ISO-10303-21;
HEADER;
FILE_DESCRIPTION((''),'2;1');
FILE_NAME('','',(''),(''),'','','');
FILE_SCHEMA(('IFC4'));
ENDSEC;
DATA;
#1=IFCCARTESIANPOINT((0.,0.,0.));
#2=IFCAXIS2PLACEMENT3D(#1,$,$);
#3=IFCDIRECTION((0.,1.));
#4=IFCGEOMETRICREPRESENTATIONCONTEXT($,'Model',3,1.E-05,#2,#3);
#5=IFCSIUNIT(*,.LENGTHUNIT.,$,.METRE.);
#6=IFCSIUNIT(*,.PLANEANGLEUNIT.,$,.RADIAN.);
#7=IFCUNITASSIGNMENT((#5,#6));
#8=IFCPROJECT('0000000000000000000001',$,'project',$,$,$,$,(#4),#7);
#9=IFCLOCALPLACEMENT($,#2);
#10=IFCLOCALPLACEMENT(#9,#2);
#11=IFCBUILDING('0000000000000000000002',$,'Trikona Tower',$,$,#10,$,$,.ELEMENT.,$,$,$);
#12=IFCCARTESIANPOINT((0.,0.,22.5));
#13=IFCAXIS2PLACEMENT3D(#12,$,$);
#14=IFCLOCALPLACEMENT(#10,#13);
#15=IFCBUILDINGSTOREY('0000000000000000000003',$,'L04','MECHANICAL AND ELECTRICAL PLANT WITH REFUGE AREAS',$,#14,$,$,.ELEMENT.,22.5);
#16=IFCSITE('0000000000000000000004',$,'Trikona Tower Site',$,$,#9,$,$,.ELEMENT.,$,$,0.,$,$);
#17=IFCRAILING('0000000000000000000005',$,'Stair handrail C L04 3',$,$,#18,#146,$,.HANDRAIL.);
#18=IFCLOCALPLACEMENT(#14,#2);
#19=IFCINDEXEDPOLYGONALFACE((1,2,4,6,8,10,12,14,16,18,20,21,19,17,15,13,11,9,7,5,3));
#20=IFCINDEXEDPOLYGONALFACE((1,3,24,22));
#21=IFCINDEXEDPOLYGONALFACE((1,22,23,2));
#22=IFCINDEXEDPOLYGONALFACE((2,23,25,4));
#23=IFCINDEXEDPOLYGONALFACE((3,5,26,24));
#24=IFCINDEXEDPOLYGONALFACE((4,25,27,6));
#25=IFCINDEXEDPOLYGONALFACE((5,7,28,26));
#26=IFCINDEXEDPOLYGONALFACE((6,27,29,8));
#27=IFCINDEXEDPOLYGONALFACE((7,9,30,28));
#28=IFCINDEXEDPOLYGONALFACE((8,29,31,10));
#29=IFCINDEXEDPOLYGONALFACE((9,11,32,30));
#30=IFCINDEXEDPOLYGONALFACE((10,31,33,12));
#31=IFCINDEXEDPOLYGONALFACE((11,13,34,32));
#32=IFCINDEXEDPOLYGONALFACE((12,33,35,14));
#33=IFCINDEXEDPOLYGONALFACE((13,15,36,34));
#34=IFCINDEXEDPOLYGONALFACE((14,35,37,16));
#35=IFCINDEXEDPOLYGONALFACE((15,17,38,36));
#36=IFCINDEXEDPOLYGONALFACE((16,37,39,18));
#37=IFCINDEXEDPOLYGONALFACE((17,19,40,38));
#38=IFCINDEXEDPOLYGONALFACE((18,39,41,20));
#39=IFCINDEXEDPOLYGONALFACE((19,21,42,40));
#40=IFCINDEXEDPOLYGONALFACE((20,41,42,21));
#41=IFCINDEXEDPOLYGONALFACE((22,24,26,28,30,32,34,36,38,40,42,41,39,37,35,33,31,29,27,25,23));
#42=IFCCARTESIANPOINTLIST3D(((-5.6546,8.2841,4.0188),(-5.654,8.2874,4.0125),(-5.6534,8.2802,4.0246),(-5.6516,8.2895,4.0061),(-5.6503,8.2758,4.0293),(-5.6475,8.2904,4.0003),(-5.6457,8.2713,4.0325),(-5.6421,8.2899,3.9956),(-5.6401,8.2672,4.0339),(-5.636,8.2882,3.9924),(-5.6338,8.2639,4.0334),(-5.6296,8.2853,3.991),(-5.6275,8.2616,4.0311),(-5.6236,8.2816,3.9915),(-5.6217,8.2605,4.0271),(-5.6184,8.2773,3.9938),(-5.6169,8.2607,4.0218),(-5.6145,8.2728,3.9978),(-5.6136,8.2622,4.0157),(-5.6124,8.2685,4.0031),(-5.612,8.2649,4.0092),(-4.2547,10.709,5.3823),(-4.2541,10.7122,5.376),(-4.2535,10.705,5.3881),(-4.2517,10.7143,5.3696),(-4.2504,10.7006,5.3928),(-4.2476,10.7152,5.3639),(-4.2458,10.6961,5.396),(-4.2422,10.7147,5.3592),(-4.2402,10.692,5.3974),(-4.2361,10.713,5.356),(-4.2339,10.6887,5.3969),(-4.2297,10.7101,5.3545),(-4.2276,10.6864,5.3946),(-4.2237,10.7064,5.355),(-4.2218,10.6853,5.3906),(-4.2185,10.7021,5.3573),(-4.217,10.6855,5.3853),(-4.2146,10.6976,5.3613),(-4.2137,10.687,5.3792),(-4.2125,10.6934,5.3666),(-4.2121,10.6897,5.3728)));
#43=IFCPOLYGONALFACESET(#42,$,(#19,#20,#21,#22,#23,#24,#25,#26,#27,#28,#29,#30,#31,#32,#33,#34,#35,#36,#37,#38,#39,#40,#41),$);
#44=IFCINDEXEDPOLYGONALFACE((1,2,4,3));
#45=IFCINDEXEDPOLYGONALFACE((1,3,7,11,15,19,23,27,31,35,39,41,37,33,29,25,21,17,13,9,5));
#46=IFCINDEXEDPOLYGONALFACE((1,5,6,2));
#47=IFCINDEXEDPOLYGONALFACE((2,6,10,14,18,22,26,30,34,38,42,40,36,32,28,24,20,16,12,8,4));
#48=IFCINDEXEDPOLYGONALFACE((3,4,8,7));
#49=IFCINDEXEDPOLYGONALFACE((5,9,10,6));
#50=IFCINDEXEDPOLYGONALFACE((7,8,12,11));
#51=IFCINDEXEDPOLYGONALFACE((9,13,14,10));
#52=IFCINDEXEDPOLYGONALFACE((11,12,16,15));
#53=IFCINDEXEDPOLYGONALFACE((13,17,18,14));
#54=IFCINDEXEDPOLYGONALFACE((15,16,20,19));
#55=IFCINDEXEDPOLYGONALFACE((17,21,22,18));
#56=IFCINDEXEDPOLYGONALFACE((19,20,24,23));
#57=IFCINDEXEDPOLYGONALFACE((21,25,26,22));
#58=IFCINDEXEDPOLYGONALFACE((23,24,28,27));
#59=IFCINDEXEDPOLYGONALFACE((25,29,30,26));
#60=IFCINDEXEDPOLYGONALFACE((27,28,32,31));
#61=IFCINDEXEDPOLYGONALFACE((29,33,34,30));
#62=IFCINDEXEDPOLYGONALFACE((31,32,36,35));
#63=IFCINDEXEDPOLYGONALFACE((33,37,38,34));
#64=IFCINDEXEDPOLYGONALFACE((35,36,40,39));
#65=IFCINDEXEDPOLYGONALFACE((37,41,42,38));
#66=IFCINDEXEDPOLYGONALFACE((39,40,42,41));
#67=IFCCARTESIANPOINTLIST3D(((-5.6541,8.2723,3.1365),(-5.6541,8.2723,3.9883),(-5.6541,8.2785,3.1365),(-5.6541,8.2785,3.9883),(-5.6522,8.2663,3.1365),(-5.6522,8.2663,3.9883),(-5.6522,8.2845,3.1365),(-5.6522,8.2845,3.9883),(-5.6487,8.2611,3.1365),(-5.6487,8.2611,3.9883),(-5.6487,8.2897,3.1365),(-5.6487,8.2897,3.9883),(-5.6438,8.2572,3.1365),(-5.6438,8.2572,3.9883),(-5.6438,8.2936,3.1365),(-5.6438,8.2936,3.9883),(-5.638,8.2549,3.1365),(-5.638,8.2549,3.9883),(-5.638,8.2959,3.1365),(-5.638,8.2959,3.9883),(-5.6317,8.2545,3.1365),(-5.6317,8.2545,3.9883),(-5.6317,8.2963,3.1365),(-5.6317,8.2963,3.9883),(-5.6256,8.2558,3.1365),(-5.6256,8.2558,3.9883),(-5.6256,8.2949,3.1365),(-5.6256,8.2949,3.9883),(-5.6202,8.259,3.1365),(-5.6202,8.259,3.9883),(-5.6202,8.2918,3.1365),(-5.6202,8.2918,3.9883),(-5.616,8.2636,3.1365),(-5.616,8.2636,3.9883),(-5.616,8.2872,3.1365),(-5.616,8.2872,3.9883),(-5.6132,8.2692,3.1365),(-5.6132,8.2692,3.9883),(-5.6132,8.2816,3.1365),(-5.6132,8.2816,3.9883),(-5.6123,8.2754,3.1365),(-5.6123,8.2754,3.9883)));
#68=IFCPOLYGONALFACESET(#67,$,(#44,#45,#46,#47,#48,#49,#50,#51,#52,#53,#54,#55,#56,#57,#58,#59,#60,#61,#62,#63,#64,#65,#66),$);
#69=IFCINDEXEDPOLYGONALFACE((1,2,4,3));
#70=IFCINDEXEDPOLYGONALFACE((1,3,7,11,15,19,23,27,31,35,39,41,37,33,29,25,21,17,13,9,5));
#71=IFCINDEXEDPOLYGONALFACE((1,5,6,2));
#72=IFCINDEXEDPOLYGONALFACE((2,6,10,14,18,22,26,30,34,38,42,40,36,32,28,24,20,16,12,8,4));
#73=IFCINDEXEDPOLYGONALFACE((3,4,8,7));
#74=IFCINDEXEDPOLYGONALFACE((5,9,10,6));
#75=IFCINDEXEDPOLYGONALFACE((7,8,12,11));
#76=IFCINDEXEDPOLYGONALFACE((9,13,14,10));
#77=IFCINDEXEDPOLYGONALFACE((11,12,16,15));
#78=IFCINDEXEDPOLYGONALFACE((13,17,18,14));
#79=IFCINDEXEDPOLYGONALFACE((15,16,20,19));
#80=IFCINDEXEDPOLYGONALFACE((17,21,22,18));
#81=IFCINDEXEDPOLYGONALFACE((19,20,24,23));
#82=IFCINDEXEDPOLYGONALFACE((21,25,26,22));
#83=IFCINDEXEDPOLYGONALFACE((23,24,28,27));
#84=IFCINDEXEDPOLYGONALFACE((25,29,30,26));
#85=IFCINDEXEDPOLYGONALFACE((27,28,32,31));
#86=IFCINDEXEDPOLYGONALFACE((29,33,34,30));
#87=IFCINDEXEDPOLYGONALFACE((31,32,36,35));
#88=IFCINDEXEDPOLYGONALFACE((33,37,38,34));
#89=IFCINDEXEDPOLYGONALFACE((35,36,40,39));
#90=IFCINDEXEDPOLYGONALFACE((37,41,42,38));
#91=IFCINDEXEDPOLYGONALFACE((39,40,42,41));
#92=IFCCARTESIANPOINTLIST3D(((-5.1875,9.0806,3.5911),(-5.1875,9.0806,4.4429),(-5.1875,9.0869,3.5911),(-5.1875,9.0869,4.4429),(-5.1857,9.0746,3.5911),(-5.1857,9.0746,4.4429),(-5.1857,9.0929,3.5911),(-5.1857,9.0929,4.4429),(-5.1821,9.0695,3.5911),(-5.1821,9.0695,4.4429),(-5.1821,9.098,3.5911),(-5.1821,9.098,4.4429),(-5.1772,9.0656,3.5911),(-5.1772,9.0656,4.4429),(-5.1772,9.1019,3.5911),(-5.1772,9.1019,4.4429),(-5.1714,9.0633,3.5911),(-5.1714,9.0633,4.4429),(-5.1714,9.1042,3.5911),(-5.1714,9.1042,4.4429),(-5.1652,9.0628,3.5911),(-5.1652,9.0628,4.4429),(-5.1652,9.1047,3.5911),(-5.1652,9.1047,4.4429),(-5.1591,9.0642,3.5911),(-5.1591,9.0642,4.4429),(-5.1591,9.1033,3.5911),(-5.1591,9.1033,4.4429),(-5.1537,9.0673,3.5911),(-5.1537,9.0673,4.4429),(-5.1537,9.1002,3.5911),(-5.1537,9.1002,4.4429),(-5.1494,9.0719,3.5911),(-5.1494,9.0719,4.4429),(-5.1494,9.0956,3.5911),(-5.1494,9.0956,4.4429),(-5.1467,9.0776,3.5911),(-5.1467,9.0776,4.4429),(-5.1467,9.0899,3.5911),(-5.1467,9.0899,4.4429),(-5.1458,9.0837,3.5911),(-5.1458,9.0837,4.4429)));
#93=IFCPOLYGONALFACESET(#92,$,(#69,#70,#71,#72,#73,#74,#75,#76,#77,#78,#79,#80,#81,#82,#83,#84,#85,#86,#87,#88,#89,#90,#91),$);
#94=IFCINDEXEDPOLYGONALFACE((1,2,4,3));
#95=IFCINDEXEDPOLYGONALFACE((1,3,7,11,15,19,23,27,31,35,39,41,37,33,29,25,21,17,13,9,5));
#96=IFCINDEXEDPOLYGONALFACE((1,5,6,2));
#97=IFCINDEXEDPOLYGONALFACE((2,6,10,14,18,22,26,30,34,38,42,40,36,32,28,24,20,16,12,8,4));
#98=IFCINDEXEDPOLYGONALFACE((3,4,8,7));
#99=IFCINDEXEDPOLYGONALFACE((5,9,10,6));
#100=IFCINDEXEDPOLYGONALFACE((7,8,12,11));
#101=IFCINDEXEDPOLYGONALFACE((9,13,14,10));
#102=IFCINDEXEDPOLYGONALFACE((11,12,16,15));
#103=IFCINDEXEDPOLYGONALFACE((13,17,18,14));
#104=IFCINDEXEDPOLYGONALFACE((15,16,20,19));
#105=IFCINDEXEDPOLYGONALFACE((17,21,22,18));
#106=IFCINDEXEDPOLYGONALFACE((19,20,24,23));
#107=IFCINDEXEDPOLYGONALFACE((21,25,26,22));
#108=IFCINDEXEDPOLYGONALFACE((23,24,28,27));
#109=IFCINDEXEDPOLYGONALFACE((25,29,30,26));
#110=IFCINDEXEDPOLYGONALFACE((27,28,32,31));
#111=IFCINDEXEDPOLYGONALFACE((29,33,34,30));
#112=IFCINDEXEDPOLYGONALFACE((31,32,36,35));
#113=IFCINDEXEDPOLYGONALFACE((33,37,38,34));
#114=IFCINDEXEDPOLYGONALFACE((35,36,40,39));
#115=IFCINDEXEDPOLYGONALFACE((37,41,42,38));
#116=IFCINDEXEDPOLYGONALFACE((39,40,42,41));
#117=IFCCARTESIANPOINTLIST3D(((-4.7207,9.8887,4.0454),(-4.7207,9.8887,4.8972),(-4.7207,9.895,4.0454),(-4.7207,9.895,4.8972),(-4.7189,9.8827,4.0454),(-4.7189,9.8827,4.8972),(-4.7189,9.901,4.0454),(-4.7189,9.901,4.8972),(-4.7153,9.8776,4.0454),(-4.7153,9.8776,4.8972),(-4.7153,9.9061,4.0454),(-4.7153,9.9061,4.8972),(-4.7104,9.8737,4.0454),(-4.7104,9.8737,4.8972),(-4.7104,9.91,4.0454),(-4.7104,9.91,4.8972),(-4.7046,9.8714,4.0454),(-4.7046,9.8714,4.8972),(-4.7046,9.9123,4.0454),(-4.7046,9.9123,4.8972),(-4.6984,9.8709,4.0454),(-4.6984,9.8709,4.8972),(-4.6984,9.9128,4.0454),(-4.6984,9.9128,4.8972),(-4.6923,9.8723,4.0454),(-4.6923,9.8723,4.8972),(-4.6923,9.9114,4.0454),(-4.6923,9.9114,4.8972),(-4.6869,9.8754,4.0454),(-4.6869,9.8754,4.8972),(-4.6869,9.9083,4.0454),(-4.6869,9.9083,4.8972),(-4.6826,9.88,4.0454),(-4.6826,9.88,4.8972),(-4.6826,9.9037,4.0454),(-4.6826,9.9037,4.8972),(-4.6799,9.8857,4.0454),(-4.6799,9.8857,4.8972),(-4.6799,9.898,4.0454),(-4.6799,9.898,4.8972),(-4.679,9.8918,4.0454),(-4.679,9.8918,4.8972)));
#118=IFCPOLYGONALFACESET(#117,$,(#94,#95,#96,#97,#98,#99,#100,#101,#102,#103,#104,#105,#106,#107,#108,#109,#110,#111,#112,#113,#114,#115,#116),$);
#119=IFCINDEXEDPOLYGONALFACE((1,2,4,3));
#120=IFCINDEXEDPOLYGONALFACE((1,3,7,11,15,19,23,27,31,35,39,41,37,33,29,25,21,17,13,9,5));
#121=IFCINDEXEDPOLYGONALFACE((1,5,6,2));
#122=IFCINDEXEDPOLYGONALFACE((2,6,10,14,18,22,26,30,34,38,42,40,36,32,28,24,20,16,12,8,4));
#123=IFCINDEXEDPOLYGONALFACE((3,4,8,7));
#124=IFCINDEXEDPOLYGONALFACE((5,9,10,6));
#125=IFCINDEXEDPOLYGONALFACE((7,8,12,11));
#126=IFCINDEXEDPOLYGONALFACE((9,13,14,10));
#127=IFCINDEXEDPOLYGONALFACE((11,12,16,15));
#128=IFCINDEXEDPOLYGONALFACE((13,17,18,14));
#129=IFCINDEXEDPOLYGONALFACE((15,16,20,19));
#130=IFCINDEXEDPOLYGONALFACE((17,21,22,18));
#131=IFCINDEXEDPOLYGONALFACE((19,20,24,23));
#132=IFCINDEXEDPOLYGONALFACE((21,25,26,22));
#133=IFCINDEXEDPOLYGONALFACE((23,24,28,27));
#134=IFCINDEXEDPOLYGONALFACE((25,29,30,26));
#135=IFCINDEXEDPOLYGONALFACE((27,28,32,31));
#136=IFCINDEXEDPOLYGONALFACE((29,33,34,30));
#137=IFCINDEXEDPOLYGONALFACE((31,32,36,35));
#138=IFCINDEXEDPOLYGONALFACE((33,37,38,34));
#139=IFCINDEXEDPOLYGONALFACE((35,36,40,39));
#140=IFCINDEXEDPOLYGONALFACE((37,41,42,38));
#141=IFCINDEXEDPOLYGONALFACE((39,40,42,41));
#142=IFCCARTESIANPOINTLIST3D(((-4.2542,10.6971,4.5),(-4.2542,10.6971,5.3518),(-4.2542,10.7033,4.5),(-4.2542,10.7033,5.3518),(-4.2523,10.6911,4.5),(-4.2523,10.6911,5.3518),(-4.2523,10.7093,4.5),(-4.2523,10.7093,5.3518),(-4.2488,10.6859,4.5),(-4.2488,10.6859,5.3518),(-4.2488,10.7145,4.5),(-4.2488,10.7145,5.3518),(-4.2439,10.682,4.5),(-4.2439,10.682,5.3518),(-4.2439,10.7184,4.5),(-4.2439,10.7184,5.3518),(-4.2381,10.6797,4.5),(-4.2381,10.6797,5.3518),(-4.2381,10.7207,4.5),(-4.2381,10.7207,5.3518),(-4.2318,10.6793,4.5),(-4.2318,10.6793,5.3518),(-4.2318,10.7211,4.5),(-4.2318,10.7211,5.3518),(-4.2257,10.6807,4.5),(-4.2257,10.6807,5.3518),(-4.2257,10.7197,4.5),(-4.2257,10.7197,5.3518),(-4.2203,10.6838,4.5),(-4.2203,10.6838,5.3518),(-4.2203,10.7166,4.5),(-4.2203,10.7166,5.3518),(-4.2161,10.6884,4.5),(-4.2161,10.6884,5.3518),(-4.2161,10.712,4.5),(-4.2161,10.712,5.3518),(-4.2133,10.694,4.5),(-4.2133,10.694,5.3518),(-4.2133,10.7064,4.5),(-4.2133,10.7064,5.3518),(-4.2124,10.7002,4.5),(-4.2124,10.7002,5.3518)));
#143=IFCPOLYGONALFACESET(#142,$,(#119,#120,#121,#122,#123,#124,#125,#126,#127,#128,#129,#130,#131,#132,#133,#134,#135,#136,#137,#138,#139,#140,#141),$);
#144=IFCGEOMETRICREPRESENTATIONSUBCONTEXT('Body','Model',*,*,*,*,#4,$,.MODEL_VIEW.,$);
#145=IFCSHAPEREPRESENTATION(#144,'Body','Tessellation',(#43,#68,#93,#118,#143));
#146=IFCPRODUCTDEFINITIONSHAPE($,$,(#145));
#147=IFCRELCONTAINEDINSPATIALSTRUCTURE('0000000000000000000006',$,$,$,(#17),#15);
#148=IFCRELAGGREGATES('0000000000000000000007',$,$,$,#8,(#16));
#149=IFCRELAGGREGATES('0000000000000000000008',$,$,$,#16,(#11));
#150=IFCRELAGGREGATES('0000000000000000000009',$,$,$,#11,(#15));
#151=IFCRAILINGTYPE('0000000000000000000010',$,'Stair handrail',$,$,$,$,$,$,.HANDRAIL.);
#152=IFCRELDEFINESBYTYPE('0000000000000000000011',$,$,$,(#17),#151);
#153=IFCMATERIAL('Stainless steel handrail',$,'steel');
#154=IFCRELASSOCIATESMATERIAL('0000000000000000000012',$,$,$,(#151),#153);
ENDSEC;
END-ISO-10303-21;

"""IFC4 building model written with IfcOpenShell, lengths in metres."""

from ifc_helpers import new_model, si_unit, direction, frame, origin, origin_2d, place, context, subcontext, project, spatial, circle, extrude, material, type_object, element, save


model = new_model("IFC4")

# Units and contexts
model_context = context("Model", 3, precision=1e-05, world=origin(), true_north=direction((0.0, 1.0)))
body_context = subcontext(model_context, "Body", "Model", "MODEL_VIEW")
ifc_project = project(units=[si_unit("LENGTHUNIT", "METRE"), si_unit("PLANEANGLEUNIT", "RADIAN")], contexts=[model_context])

# Site, building, storey
site_placement = place(None, origin())
site = spatial("IfcSite", under=ifc_project, at=site_placement, Name="Trikona Tower Site", CompositionType="ELEMENT", RefElevation=0.0)
building_placement = place(site_placement, origin())
building = spatial("IfcBuilding", under=site, at=building_placement, Name="Trikona Tower", CompositionType="ELEMENT")
storey_placement = place(building_placement, frame((0.0, 0.0, 22.5)))
storey = spatial("IfcBuildingStorey", under=building, at=storey_placement, Name="L04", Description="MECHANICAL AND ELECTRICAL PLANT WITH REFUGE AREAS", CompositionType="ELEMENT", Elevation=22.5)

# Railing
ifc_material_1 = material(Name="Stainless steel handrail", Category="steel")
railing_type = type_object("IfcRailingType", Name="Stair handrail", PredefinedType="HANDRAIL", material=ifc_material_1)
railing_1_placement = place(storey_placement, frame((-5.6333, 8.2754, 3.1365)))
element("IfcRailing", 1, at=railing_1_placement, inside=storey, type_object=railing_type, Name="Stair handrail C L04 3", PredefinedType="HANDRAIL", context=body_context, shape_type="SweptSolid", body=[
    extrude(circle(Radius=0.0239, at=origin_2d()), frame((0.0, 0.0, 0.876), z_axis=(0.449514, 0.778614, 0.437833), x_axis=(-0.866035, 0.499984, 0.0)), (0.0, 0.0, 1.0), 3.1143),
    extrude(circle(Radius=0.021, at=origin_2d()), origin(), (0.0, 0.0, 1.0), 0.8518),
    extrude(circle(Radius=0.021, at=origin_2d()), frame((0.4666, 0.8083, 0.4546)), (0.0, 0.0, 1.0), 0.8518),
    extrude(circle(Radius=0.021, at=origin_2d()), frame((0.9333, 1.6165, 0.9089)), (0.0, 0.0, 1.0), 0.8518),
    extrude(circle(Radius=0.021, at=origin_2d()), frame((1.3999, 2.4248, 1.3635)), (0.0, 0.0, 1.0), 0.8518),
])

save(model, "model.ifc")
